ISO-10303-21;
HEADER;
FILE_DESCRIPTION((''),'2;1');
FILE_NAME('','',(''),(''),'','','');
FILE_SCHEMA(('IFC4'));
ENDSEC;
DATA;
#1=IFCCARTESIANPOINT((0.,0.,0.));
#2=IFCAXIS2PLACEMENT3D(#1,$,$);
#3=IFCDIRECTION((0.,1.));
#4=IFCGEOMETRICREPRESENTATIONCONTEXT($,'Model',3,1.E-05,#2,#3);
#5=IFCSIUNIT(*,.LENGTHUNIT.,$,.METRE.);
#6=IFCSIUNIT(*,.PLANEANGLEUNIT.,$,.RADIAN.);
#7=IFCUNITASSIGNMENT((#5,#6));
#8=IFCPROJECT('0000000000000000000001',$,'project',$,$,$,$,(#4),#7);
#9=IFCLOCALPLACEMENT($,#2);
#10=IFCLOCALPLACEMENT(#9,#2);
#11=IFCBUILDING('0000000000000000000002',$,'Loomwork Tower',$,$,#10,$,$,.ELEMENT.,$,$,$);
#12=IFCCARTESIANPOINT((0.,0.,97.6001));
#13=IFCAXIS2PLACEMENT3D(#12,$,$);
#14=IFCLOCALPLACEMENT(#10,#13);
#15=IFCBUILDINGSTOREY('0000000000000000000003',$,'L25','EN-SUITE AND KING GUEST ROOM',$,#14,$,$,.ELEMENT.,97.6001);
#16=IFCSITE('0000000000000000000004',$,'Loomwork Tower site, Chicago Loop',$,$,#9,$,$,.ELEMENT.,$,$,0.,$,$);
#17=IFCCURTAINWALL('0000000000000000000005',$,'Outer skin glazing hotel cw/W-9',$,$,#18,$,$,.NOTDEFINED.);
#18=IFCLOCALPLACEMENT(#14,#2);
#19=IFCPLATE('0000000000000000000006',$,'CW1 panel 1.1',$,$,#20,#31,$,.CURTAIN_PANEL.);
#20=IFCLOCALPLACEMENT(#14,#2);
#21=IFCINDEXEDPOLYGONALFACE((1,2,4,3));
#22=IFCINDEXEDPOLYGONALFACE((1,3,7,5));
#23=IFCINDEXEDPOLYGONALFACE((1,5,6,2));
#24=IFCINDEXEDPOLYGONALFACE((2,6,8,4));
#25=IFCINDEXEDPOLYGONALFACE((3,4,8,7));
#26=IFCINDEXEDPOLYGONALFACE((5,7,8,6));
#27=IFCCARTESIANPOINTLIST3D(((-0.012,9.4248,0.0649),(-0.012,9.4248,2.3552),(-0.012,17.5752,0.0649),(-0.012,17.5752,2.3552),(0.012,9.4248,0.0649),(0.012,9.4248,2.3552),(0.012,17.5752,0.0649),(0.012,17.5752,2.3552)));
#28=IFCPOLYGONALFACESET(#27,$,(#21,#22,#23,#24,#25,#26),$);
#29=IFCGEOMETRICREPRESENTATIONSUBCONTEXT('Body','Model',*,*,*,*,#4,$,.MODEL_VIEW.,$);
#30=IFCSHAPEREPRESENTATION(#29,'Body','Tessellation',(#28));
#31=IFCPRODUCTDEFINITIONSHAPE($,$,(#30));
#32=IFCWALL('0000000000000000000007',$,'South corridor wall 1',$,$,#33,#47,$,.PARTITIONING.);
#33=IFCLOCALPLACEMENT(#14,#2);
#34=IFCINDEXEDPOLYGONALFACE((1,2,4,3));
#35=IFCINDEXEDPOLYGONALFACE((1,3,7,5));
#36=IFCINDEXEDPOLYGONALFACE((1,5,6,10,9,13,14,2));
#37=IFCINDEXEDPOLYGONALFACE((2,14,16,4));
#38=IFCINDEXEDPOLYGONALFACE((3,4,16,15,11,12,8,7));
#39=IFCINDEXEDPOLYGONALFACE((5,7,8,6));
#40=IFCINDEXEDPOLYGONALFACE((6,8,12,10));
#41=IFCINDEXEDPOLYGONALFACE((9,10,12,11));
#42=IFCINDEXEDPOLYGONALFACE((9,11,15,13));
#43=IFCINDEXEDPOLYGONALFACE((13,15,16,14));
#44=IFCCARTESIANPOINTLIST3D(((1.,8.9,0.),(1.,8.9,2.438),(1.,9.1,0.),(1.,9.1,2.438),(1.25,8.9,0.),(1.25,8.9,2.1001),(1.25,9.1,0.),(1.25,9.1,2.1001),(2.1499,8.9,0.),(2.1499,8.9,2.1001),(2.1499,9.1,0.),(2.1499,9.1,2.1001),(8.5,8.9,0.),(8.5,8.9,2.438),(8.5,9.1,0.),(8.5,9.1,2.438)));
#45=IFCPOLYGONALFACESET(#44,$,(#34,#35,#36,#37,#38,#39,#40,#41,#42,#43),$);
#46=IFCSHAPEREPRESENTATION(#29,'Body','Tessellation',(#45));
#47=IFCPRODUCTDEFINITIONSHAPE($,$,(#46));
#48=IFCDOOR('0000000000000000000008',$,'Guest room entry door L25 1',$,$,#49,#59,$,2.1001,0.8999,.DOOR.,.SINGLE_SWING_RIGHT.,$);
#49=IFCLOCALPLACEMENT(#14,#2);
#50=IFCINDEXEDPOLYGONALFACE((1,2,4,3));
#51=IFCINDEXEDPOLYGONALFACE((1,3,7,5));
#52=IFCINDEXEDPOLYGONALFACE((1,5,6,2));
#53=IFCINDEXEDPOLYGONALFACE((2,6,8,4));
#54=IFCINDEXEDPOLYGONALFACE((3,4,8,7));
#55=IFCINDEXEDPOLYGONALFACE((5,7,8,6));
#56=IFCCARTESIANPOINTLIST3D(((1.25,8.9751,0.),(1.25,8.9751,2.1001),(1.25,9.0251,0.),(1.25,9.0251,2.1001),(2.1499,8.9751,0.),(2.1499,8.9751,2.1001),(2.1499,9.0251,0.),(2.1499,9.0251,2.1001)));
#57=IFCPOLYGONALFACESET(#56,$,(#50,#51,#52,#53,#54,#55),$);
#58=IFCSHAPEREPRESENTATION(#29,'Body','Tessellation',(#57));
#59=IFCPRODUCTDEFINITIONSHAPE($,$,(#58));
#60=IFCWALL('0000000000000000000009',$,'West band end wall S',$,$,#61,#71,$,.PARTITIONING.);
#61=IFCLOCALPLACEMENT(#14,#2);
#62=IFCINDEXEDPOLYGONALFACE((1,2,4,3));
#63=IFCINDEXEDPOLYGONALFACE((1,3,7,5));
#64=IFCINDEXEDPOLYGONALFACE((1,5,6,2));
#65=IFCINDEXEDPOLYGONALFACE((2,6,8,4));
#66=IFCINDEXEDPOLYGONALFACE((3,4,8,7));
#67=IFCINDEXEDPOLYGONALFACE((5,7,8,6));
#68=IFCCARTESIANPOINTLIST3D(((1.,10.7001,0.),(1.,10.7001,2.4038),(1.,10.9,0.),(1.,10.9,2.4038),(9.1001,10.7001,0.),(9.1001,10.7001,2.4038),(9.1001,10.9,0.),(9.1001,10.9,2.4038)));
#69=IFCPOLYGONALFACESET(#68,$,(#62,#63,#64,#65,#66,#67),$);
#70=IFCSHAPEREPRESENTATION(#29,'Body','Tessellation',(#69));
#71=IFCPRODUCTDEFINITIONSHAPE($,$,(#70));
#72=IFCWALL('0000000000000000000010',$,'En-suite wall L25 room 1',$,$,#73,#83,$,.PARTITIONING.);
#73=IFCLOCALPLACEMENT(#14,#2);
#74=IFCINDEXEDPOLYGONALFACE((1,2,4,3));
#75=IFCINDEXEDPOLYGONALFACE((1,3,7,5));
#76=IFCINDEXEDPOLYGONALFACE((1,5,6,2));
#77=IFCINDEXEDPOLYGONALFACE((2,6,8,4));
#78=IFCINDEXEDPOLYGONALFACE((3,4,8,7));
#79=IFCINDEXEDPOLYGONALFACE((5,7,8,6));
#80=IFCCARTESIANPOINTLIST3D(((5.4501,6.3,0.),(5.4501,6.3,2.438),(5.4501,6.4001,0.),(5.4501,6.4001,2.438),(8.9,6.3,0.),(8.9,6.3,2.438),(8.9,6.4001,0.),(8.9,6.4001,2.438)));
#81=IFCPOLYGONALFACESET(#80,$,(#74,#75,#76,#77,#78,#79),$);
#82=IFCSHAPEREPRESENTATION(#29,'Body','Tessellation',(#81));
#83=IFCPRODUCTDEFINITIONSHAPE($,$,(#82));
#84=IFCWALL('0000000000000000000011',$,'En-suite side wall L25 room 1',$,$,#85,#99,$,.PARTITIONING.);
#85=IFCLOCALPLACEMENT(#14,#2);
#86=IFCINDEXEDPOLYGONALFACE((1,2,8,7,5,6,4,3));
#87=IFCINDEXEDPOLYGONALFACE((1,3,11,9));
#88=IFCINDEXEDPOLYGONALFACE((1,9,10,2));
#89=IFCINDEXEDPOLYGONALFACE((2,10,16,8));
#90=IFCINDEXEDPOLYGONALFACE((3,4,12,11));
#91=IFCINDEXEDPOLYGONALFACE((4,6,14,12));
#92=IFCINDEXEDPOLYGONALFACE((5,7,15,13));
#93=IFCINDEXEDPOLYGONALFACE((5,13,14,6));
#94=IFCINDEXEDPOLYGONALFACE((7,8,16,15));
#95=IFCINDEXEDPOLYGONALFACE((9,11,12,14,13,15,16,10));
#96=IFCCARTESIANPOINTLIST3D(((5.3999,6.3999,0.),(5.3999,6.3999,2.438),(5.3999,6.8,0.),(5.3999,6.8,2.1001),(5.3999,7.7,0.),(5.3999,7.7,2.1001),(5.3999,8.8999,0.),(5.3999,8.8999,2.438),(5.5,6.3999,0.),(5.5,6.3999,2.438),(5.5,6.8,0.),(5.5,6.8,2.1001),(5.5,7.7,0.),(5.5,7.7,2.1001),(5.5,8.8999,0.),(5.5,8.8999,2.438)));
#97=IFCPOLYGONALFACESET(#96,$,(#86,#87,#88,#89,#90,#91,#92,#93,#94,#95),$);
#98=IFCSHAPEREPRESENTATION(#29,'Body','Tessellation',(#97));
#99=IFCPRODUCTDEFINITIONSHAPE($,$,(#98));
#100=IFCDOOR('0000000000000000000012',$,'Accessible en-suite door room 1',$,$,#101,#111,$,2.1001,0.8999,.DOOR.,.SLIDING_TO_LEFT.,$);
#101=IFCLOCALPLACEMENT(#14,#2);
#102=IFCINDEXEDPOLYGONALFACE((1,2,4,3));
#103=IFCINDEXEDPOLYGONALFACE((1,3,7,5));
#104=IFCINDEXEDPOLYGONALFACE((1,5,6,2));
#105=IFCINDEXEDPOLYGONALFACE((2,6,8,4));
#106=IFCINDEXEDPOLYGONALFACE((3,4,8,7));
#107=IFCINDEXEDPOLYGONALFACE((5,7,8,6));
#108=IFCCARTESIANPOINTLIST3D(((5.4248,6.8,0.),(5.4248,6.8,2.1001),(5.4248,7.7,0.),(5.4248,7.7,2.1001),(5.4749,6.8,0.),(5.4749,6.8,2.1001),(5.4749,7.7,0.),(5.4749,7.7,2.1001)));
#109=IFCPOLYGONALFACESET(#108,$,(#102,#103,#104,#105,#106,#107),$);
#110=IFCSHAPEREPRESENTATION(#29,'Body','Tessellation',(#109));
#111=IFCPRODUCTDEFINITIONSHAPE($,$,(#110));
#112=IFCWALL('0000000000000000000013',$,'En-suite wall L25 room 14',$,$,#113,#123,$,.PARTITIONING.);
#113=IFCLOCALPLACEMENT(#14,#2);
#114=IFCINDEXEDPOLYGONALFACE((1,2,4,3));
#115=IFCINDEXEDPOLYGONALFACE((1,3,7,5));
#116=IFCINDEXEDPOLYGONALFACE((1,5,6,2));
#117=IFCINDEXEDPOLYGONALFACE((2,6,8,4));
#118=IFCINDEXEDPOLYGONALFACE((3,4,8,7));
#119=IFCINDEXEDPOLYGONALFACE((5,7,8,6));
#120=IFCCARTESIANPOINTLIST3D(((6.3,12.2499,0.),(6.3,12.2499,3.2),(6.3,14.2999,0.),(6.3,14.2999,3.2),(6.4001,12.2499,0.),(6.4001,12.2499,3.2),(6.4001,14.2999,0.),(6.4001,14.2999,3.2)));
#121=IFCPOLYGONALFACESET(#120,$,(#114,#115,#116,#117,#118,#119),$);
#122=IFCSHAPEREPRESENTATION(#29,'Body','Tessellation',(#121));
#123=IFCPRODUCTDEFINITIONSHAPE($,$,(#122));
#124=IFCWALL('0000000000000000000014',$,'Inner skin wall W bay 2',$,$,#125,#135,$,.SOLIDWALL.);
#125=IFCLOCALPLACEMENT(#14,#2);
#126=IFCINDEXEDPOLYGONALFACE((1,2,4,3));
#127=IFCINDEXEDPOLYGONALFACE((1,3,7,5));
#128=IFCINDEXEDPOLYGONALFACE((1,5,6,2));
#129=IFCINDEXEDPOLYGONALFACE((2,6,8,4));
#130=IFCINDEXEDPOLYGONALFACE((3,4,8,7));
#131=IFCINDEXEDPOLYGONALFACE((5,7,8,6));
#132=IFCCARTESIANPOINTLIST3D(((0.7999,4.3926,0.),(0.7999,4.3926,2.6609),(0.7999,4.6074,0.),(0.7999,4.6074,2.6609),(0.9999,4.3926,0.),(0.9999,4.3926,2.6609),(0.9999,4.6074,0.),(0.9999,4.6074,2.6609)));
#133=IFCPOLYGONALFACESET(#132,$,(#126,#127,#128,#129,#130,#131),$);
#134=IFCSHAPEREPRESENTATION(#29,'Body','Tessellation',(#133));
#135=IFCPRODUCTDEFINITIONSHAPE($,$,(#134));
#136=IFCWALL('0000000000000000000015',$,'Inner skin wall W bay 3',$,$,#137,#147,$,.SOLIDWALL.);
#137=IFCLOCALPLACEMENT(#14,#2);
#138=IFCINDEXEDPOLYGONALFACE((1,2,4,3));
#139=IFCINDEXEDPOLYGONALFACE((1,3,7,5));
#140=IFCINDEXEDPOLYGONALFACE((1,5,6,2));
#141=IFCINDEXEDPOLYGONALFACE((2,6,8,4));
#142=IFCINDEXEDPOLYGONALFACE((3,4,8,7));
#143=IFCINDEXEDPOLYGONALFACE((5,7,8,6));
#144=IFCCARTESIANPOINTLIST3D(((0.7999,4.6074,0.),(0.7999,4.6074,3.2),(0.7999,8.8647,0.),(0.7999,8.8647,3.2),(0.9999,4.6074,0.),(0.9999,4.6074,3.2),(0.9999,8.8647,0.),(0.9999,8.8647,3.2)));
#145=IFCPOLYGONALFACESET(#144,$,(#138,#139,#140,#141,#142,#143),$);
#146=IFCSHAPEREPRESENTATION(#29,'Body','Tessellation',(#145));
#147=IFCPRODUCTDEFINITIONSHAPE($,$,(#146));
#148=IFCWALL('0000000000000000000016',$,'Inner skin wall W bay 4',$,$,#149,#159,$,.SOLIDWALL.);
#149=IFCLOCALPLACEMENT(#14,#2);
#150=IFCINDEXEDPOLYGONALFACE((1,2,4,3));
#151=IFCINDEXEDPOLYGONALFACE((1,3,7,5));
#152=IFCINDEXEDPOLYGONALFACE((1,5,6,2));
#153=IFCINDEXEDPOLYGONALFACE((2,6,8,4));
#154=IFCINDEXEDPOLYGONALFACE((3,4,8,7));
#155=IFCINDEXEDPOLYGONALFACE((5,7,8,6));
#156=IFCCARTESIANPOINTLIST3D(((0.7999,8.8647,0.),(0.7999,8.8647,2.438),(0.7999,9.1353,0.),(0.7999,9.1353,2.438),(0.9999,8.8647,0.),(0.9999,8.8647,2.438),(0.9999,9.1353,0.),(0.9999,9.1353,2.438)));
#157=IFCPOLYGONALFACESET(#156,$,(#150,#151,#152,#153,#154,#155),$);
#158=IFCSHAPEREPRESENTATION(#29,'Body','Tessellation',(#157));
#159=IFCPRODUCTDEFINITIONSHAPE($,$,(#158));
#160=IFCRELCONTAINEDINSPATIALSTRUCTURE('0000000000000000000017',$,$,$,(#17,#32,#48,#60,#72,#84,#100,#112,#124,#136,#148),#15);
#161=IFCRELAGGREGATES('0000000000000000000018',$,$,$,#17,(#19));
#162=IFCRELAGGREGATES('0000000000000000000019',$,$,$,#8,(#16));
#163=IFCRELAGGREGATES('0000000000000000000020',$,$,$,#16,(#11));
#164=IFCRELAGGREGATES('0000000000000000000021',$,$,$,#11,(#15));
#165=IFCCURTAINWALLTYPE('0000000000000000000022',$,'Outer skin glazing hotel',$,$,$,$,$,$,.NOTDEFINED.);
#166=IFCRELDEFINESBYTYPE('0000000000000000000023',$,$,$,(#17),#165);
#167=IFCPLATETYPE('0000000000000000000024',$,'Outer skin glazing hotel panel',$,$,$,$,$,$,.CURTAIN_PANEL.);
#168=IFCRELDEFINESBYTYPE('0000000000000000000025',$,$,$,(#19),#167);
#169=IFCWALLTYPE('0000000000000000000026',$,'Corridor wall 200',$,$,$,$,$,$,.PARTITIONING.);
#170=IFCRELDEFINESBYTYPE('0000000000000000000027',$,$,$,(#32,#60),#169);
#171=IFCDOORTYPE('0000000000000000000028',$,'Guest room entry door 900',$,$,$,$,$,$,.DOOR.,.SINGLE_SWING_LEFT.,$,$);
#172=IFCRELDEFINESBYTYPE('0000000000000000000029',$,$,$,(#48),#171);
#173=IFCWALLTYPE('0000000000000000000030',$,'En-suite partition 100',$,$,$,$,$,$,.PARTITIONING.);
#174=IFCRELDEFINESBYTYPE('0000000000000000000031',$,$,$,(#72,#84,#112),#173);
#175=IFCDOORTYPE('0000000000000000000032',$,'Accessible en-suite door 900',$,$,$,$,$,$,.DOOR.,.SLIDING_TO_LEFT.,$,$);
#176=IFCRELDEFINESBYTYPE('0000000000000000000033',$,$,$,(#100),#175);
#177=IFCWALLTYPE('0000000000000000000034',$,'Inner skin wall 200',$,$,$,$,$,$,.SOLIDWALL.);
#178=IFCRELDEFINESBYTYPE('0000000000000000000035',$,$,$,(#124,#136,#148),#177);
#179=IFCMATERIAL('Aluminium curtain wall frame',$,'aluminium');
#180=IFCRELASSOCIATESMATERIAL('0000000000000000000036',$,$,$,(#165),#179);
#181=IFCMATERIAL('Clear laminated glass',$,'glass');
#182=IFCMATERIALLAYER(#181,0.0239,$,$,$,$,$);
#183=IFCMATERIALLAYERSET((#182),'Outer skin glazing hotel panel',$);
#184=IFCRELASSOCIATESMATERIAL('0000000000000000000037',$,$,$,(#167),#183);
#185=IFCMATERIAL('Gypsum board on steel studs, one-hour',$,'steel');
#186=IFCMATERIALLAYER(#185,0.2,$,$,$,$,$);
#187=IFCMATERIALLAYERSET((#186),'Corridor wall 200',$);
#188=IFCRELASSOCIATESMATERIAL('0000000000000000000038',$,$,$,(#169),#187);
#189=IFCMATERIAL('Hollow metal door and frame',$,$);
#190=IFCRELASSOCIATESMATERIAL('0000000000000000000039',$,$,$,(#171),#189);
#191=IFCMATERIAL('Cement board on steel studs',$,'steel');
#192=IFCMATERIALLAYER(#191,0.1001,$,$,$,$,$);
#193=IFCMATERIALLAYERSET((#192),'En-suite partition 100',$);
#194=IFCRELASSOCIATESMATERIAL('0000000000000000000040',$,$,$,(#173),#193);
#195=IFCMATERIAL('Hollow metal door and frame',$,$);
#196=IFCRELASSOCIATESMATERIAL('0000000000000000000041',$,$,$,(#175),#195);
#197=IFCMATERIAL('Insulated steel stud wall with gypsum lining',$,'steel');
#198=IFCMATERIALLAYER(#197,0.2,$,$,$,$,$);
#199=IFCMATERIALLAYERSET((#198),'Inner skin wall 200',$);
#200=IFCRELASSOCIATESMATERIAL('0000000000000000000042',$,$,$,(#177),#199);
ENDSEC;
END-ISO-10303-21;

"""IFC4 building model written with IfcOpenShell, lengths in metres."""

from ifc_helpers import new_model, si_unit, direction, frame, frame_2d, origin, origin_2d, place, context, subcontext, project, spatial, rectangle, extrude, material, layer, layer_set, type_object, element, fill, aggregate, save


model = new_model("IFC4")

# Units and contexts
model_context = context("Model", 3, precision=1e-05, world=origin(), true_north=direction((0.0, 1.0)))
body_context = subcontext(model_context, "Body", "Model", "MODEL_VIEW")
ifc_project = project(units=[si_unit("LENGTHUNIT", "METRE"), si_unit("PLANEANGLEUNIT", "RADIAN")], contexts=[model_context])

# Site, building, storey
site_placement = place(None, origin())
site = spatial("IfcSite", under=ifc_project, at=site_placement, Name="Loomwork Tower site, Chicago Loop", CompositionType="ELEMENT", RefElevation=0.0)
building_placement = place(site_placement, origin())
building = spatial("IfcBuilding", under=site, at=building_placement, Name="Loomwork Tower", CompositionType="ELEMENT")
storey_placement = place(building_placement, frame((0.0, 0.0, 97.6001)))
storey = spatial("IfcBuildingStorey", under=building, at=storey_placement, Name="L25", Description="EN-SUITE AND KING GUEST ROOM", CompositionType="ELEMENT", Elevation=97.6001)

# Curtain wall
ifc_material_1 = material(Name="Aluminium curtain wall frame", Category="aluminium")
curtain_wall_type = type_object("IfcCurtainWallType", Name="Outer skin glazing hotel", PredefinedType="NOTDEFINED", material=ifc_material_1)
curtain_wall_1_placement = place(storey_placement, origin())
curtain_wall_1 = element("IfcCurtainWall", 1, at=curtain_wall_1_placement, inside=storey, type_object=curtain_wall_type, Name="Outer skin glazing hotel cw/W-9", PredefinedType="NOTDEFINED")

# Plate
ifc_material_2 = material(Name="Clear laminated glass", Category="glass")
ifc_layer_1 = layer(ifc_material_2, 0.0239)
ifc_layer_set_1 = layer_set([ifc_layer_1], Name="Outer skin glazing hotel panel")
plate_type = type_object("IfcPlateType", Name="Outer skin glazing hotel panel", PredefinedType="CURTAIN_PANEL", material=ifc_layer_set_1)
plate_1_placement = place(storey_placement, frame((0.0, 13.5, 0.0649), z_axis=(0.0, 0.0, 1.0), x_axis=(0.0, -1.0, 0.0)))
plate_1 = element("IfcPlate", 2, at=plate_1_placement, type_object=plate_type, Name="CW1 panel 1.1", PredefinedType="CURTAIN_PANEL", context=body_context, shape_type="SweptSolid", body=[
    extrude(rectangle(XDim=8.1504, YDim=0.0239, at=origin_2d()), origin(), (0.0, 0.0, 1.0), 2.2903),
])
aggregate(curtain_wall_1, [plate_1])

# Wall, opening, door
ifc_material_3 = material(Name="Gypsum board on steel studs, one-hour", Category="steel")
ifc_layer_2 = layer(ifc_material_3, 0.2)
ifc_layer_set_2 = layer_set([ifc_layer_2], Name="Corridor wall 200")
wall_type_1 = type_object("IfcWallType", Name="Corridor wall 200", PredefinedType="PARTITIONING", material=ifc_layer_set_2)
wall_1_placement = place(storey_placement, frame((1.0, 9.0, 0.0), z_axis=(0.0, 0.0, 1.0), x_axis=(1.0, 0.0, 0.0)))
wall_1 = element("IfcWall", 3, at=wall_1_placement, inside=storey, type_object=wall_type_1, Name="South corridor wall 1", PredefinedType="PARTITIONING", context=body_context, shape_type="SweptSolid", body=[
    extrude(rectangle(XDim=7.5, YDim=0.2, at=frame_2d((3.75, 0.0))), origin(), (0.0, 0.0, 1.0), 2.438),
])
opening_1_placement = place(wall_1_placement, frame((0.25, 0.0, 0.0)))
opening_1 = element("IfcOpeningElement", 4, at=opening_1_placement, cuts=wall_1, PredefinedType="OPENING", context=body_context, shape_type="SweptSolid", body=[
    extrude(rectangle(XDim=0.8999, YDim=2.1001, at=frame_2d((0.45, 1.05))), frame((0.0, 0.1099, 0.0), z_axis=(0.0, -1.0, 0.0), x_axis=(1.0, 0.0, 0.0)), (0.0, 0.0, 1.0), 0.22),
])
ifc_material_4 = material(Name="Hollow metal door and frame")
door_type_1 = type_object("IfcDoorType", Name="Guest room entry door 900", OperationType="SINGLE_SWING_LEFT", PredefinedType="DOOR", material=ifc_material_4)
door_1_placement = place(opening_1_placement, frame((0.8999, 0.0, 0.0), z_axis=(0.0, 0.0, 1.0), x_axis=(-1.0, 0.0, 0.0)))
door_1 = element("IfcDoor", 5, at=door_1_placement, inside=storey, type_object=door_type_1, Name="Guest room entry door L25 1", OperationType="SINGLE_SWING_RIGHT", OverallHeight=2.1001, OverallWidth=0.8999, PredefinedType="DOOR", context=body_context, shape_type="SweptSolid", body=[
    extrude(rectangle(XDim=0.8999, YDim=2.1001, at=frame_2d((0.45, 1.05))), frame((0.0, 0.0249, 0.0), z_axis=(0.0, -1.0, 0.0), x_axis=(1.0, 0.0, 0.0)), (0.0, 0.0, 1.0), 0.05),
])
fill(opening_1, door_1)

# Walls
wall_2_placement = place(storey_placement, frame((1.0, 10.8, 0.0), z_axis=(0.0, 0.0, 1.0), x_axis=(1.0, 0.0, 0.0)))
element("IfcWall", 6, at=wall_2_placement, inside=storey, type_object=wall_type_1, Name="West band end wall S", PredefinedType="PARTITIONING", context=body_context, shape_type="SweptSolid", body=[
    extrude(rectangle(XDim=8.1001, YDim=0.2, at=frame_2d((4.05, 0.0))), origin(), (0.0, 0.0, 1.0), 2.4038),
])
ifc_material_5 = material(Name="Cement board on steel studs", Category="steel")
ifc_layer_3 = layer(ifc_material_5, 0.1001)
ifc_layer_set_3 = layer_set([ifc_layer_3], Name="En-suite partition 100")
wall_type_2 = type_object("IfcWallType", Name="En-suite partition 100", PredefinedType="PARTITIONING", material=ifc_layer_set_3)
wall_3_placement = place(storey_placement, frame((5.45, 6.3501, 0.0), z_axis=(0.0, 0.0, 1.0), x_axis=(1.0, 0.0, 0.0)))
element("IfcWall", 7, at=wall_3_placement, inside=storey, type_object=wall_type_2, Name="En-suite wall L25 room 1", PredefinedType="PARTITIONING", context=body_context, shape_type="SweptSolid", body=[
    extrude(rectangle(XDim=3.45, YDim=0.1001, at=frame_2d((1.7251, 0.0))), origin(), (0.0, 0.0, 1.0), 2.438),
])

# Wall, opening, door
wall_4_placement = place(storey_placement, frame((5.45, 8.8999, 0.0), z_axis=(0.0, 0.0, 1.0), x_axis=(0.0, -1.0, 0.0)))
wall_4 = element("IfcWall", 8, at=wall_4_placement, inside=storey, type_object=wall_type_2, Name="En-suite side wall L25 room 1", PredefinedType="PARTITIONING", context=body_context, shape_type="SweptSolid", body=[
    extrude(rectangle(XDim=2.5, YDim=0.1001, at=frame_2d((1.25, 0.0))), origin(), (0.0, 0.0, 1.0), 2.438),
])
opening_2_placement = place(wall_4_placement, frame((1.2, 0.0, 0.0)))
opening_2 = element("IfcOpeningElement", 9, at=opening_2_placement, cuts=wall_4, PredefinedType="OPENING", context=body_context, shape_type="SweptSolid", body=[
    extrude(rectangle(XDim=0.8999, YDim=2.1001, at=frame_2d((0.45, 1.05))), frame((0.0, 0.0601, 0.0), z_axis=(0.0, -1.0, 0.0), x_axis=(1.0, 0.0, 0.0)), (0.0, 0.0, 1.0), 0.1201),
])
ifc_material_6 = material(Name="Hollow metal door and frame")
door_type_2 = type_object("IfcDoorType", Name="Accessible en-suite door 900", OperationType="SLIDING_TO_LEFT", PredefinedType="DOOR", material=ifc_material_6)
door_2_placement = place(opening_2_placement, origin())
door_2 = element("IfcDoor", 10, at=door_2_placement, inside=storey, type_object=door_type_2, Name="Accessible en-suite door room 1", OperationType="SLIDING_TO_LEFT", OverallHeight=2.1001, OverallWidth=0.8999, PredefinedType="DOOR", context=body_context, shape_type="SweptSolid", body=[
    extrude(rectangle(XDim=0.8999, YDim=2.1001, at=frame_2d((0.45, 1.05))), frame((0.0, 0.0249, 0.0), z_axis=(0.0, -1.0, 0.0), x_axis=(1.0, 0.0, 0.0)), (0.0, 0.0, 1.0), 0.05),
])
fill(opening_2, door_2)

# Walls
wall_5_placement = place(storey_placement, frame((6.3501, 12.25, 0.0), z_axis=(0.0, 0.0, 1.0), x_axis=(0.0, 1.0, 0.0)))
element("IfcWall", 11, at=wall_5_placement, inside=storey, type_object=wall_type_2, Name="En-suite wall L25 room 14", PredefinedType="PARTITIONING", context=body_context, shape_type="SweptSolid", body=[
    extrude(rectangle(XDim=2.05, YDim=0.1001, at=frame_2d((1.0249, 0.0))), origin(), (0.0, 0.0, 1.0), 3.2),
])
ifc_material_7 = material(Name="Insulated steel stud wall with gypsum lining", Category="steel")
ifc_layer_4 = layer(ifc_material_7, 0.2)
ifc_layer_set_4 = layer_set([ifc_layer_4], Name="Inner skin wall 200")
wall_type_3 = type_object("IfcWallType", Name="Inner skin wall 200", PredefinedType="SOLIDWALL", material=ifc_layer_set_4)
wall_6_placement = place(storey_placement, frame((0.8999, 4.3926, 0.0), z_axis=(0.0, 0.0, 1.0), x_axis=(0.0, 1.0, 0.0)))
element("IfcWall", 12, at=wall_6_placement, inside=storey, type_object=wall_type_3, Name="Inner skin wall W bay 2", PredefinedType="SOLIDWALL", context=body_context, shape_type="SweptSolid", body=[
    extrude(rectangle(XDim=0.2148, YDim=0.2, at=frame_2d((0.1074, 0.0))), origin(), (0.0, 0.0, 1.0), 2.6609),
])
wall_7_placement = place(storey_placement, frame((0.8999, 4.6074, 0.0), z_axis=(0.0, 0.0, 1.0), x_axis=(0.0, 1.0, 0.0)))
element("IfcWall", 13, at=wall_7_placement, inside=storey, type_object=wall_type_3, Name="Inner skin wall W bay 3", PredefinedType="SOLIDWALL", context=body_context, shape_type="SweptSolid", body=[
    extrude(rectangle(XDim=4.2573, YDim=0.2, at=frame_2d((2.1287, 0.0))), origin(), (0.0, 0.0, 1.0), 3.2),
])
wall_8_placement = place(storey_placement, frame((0.8999, 8.8647, 0.0), z_axis=(0.0, 0.0, 1.0), x_axis=(0.0, 1.0, 0.0)))
element("IfcWall", 14, at=wall_8_placement, inside=storey, type_object=wall_type_3, Name="Inner skin wall W bay 4", PredefinedType="SOLIDWALL", context=body_context, shape_type="SweptSolid", body=[
    extrude(rectangle(XDim=0.2705, YDim=0.2, at=frame_2d((0.1353, 0.0))), origin(), (0.0, 0.0, 1.0), 2.438),
])

save(model, "model.ifc")
